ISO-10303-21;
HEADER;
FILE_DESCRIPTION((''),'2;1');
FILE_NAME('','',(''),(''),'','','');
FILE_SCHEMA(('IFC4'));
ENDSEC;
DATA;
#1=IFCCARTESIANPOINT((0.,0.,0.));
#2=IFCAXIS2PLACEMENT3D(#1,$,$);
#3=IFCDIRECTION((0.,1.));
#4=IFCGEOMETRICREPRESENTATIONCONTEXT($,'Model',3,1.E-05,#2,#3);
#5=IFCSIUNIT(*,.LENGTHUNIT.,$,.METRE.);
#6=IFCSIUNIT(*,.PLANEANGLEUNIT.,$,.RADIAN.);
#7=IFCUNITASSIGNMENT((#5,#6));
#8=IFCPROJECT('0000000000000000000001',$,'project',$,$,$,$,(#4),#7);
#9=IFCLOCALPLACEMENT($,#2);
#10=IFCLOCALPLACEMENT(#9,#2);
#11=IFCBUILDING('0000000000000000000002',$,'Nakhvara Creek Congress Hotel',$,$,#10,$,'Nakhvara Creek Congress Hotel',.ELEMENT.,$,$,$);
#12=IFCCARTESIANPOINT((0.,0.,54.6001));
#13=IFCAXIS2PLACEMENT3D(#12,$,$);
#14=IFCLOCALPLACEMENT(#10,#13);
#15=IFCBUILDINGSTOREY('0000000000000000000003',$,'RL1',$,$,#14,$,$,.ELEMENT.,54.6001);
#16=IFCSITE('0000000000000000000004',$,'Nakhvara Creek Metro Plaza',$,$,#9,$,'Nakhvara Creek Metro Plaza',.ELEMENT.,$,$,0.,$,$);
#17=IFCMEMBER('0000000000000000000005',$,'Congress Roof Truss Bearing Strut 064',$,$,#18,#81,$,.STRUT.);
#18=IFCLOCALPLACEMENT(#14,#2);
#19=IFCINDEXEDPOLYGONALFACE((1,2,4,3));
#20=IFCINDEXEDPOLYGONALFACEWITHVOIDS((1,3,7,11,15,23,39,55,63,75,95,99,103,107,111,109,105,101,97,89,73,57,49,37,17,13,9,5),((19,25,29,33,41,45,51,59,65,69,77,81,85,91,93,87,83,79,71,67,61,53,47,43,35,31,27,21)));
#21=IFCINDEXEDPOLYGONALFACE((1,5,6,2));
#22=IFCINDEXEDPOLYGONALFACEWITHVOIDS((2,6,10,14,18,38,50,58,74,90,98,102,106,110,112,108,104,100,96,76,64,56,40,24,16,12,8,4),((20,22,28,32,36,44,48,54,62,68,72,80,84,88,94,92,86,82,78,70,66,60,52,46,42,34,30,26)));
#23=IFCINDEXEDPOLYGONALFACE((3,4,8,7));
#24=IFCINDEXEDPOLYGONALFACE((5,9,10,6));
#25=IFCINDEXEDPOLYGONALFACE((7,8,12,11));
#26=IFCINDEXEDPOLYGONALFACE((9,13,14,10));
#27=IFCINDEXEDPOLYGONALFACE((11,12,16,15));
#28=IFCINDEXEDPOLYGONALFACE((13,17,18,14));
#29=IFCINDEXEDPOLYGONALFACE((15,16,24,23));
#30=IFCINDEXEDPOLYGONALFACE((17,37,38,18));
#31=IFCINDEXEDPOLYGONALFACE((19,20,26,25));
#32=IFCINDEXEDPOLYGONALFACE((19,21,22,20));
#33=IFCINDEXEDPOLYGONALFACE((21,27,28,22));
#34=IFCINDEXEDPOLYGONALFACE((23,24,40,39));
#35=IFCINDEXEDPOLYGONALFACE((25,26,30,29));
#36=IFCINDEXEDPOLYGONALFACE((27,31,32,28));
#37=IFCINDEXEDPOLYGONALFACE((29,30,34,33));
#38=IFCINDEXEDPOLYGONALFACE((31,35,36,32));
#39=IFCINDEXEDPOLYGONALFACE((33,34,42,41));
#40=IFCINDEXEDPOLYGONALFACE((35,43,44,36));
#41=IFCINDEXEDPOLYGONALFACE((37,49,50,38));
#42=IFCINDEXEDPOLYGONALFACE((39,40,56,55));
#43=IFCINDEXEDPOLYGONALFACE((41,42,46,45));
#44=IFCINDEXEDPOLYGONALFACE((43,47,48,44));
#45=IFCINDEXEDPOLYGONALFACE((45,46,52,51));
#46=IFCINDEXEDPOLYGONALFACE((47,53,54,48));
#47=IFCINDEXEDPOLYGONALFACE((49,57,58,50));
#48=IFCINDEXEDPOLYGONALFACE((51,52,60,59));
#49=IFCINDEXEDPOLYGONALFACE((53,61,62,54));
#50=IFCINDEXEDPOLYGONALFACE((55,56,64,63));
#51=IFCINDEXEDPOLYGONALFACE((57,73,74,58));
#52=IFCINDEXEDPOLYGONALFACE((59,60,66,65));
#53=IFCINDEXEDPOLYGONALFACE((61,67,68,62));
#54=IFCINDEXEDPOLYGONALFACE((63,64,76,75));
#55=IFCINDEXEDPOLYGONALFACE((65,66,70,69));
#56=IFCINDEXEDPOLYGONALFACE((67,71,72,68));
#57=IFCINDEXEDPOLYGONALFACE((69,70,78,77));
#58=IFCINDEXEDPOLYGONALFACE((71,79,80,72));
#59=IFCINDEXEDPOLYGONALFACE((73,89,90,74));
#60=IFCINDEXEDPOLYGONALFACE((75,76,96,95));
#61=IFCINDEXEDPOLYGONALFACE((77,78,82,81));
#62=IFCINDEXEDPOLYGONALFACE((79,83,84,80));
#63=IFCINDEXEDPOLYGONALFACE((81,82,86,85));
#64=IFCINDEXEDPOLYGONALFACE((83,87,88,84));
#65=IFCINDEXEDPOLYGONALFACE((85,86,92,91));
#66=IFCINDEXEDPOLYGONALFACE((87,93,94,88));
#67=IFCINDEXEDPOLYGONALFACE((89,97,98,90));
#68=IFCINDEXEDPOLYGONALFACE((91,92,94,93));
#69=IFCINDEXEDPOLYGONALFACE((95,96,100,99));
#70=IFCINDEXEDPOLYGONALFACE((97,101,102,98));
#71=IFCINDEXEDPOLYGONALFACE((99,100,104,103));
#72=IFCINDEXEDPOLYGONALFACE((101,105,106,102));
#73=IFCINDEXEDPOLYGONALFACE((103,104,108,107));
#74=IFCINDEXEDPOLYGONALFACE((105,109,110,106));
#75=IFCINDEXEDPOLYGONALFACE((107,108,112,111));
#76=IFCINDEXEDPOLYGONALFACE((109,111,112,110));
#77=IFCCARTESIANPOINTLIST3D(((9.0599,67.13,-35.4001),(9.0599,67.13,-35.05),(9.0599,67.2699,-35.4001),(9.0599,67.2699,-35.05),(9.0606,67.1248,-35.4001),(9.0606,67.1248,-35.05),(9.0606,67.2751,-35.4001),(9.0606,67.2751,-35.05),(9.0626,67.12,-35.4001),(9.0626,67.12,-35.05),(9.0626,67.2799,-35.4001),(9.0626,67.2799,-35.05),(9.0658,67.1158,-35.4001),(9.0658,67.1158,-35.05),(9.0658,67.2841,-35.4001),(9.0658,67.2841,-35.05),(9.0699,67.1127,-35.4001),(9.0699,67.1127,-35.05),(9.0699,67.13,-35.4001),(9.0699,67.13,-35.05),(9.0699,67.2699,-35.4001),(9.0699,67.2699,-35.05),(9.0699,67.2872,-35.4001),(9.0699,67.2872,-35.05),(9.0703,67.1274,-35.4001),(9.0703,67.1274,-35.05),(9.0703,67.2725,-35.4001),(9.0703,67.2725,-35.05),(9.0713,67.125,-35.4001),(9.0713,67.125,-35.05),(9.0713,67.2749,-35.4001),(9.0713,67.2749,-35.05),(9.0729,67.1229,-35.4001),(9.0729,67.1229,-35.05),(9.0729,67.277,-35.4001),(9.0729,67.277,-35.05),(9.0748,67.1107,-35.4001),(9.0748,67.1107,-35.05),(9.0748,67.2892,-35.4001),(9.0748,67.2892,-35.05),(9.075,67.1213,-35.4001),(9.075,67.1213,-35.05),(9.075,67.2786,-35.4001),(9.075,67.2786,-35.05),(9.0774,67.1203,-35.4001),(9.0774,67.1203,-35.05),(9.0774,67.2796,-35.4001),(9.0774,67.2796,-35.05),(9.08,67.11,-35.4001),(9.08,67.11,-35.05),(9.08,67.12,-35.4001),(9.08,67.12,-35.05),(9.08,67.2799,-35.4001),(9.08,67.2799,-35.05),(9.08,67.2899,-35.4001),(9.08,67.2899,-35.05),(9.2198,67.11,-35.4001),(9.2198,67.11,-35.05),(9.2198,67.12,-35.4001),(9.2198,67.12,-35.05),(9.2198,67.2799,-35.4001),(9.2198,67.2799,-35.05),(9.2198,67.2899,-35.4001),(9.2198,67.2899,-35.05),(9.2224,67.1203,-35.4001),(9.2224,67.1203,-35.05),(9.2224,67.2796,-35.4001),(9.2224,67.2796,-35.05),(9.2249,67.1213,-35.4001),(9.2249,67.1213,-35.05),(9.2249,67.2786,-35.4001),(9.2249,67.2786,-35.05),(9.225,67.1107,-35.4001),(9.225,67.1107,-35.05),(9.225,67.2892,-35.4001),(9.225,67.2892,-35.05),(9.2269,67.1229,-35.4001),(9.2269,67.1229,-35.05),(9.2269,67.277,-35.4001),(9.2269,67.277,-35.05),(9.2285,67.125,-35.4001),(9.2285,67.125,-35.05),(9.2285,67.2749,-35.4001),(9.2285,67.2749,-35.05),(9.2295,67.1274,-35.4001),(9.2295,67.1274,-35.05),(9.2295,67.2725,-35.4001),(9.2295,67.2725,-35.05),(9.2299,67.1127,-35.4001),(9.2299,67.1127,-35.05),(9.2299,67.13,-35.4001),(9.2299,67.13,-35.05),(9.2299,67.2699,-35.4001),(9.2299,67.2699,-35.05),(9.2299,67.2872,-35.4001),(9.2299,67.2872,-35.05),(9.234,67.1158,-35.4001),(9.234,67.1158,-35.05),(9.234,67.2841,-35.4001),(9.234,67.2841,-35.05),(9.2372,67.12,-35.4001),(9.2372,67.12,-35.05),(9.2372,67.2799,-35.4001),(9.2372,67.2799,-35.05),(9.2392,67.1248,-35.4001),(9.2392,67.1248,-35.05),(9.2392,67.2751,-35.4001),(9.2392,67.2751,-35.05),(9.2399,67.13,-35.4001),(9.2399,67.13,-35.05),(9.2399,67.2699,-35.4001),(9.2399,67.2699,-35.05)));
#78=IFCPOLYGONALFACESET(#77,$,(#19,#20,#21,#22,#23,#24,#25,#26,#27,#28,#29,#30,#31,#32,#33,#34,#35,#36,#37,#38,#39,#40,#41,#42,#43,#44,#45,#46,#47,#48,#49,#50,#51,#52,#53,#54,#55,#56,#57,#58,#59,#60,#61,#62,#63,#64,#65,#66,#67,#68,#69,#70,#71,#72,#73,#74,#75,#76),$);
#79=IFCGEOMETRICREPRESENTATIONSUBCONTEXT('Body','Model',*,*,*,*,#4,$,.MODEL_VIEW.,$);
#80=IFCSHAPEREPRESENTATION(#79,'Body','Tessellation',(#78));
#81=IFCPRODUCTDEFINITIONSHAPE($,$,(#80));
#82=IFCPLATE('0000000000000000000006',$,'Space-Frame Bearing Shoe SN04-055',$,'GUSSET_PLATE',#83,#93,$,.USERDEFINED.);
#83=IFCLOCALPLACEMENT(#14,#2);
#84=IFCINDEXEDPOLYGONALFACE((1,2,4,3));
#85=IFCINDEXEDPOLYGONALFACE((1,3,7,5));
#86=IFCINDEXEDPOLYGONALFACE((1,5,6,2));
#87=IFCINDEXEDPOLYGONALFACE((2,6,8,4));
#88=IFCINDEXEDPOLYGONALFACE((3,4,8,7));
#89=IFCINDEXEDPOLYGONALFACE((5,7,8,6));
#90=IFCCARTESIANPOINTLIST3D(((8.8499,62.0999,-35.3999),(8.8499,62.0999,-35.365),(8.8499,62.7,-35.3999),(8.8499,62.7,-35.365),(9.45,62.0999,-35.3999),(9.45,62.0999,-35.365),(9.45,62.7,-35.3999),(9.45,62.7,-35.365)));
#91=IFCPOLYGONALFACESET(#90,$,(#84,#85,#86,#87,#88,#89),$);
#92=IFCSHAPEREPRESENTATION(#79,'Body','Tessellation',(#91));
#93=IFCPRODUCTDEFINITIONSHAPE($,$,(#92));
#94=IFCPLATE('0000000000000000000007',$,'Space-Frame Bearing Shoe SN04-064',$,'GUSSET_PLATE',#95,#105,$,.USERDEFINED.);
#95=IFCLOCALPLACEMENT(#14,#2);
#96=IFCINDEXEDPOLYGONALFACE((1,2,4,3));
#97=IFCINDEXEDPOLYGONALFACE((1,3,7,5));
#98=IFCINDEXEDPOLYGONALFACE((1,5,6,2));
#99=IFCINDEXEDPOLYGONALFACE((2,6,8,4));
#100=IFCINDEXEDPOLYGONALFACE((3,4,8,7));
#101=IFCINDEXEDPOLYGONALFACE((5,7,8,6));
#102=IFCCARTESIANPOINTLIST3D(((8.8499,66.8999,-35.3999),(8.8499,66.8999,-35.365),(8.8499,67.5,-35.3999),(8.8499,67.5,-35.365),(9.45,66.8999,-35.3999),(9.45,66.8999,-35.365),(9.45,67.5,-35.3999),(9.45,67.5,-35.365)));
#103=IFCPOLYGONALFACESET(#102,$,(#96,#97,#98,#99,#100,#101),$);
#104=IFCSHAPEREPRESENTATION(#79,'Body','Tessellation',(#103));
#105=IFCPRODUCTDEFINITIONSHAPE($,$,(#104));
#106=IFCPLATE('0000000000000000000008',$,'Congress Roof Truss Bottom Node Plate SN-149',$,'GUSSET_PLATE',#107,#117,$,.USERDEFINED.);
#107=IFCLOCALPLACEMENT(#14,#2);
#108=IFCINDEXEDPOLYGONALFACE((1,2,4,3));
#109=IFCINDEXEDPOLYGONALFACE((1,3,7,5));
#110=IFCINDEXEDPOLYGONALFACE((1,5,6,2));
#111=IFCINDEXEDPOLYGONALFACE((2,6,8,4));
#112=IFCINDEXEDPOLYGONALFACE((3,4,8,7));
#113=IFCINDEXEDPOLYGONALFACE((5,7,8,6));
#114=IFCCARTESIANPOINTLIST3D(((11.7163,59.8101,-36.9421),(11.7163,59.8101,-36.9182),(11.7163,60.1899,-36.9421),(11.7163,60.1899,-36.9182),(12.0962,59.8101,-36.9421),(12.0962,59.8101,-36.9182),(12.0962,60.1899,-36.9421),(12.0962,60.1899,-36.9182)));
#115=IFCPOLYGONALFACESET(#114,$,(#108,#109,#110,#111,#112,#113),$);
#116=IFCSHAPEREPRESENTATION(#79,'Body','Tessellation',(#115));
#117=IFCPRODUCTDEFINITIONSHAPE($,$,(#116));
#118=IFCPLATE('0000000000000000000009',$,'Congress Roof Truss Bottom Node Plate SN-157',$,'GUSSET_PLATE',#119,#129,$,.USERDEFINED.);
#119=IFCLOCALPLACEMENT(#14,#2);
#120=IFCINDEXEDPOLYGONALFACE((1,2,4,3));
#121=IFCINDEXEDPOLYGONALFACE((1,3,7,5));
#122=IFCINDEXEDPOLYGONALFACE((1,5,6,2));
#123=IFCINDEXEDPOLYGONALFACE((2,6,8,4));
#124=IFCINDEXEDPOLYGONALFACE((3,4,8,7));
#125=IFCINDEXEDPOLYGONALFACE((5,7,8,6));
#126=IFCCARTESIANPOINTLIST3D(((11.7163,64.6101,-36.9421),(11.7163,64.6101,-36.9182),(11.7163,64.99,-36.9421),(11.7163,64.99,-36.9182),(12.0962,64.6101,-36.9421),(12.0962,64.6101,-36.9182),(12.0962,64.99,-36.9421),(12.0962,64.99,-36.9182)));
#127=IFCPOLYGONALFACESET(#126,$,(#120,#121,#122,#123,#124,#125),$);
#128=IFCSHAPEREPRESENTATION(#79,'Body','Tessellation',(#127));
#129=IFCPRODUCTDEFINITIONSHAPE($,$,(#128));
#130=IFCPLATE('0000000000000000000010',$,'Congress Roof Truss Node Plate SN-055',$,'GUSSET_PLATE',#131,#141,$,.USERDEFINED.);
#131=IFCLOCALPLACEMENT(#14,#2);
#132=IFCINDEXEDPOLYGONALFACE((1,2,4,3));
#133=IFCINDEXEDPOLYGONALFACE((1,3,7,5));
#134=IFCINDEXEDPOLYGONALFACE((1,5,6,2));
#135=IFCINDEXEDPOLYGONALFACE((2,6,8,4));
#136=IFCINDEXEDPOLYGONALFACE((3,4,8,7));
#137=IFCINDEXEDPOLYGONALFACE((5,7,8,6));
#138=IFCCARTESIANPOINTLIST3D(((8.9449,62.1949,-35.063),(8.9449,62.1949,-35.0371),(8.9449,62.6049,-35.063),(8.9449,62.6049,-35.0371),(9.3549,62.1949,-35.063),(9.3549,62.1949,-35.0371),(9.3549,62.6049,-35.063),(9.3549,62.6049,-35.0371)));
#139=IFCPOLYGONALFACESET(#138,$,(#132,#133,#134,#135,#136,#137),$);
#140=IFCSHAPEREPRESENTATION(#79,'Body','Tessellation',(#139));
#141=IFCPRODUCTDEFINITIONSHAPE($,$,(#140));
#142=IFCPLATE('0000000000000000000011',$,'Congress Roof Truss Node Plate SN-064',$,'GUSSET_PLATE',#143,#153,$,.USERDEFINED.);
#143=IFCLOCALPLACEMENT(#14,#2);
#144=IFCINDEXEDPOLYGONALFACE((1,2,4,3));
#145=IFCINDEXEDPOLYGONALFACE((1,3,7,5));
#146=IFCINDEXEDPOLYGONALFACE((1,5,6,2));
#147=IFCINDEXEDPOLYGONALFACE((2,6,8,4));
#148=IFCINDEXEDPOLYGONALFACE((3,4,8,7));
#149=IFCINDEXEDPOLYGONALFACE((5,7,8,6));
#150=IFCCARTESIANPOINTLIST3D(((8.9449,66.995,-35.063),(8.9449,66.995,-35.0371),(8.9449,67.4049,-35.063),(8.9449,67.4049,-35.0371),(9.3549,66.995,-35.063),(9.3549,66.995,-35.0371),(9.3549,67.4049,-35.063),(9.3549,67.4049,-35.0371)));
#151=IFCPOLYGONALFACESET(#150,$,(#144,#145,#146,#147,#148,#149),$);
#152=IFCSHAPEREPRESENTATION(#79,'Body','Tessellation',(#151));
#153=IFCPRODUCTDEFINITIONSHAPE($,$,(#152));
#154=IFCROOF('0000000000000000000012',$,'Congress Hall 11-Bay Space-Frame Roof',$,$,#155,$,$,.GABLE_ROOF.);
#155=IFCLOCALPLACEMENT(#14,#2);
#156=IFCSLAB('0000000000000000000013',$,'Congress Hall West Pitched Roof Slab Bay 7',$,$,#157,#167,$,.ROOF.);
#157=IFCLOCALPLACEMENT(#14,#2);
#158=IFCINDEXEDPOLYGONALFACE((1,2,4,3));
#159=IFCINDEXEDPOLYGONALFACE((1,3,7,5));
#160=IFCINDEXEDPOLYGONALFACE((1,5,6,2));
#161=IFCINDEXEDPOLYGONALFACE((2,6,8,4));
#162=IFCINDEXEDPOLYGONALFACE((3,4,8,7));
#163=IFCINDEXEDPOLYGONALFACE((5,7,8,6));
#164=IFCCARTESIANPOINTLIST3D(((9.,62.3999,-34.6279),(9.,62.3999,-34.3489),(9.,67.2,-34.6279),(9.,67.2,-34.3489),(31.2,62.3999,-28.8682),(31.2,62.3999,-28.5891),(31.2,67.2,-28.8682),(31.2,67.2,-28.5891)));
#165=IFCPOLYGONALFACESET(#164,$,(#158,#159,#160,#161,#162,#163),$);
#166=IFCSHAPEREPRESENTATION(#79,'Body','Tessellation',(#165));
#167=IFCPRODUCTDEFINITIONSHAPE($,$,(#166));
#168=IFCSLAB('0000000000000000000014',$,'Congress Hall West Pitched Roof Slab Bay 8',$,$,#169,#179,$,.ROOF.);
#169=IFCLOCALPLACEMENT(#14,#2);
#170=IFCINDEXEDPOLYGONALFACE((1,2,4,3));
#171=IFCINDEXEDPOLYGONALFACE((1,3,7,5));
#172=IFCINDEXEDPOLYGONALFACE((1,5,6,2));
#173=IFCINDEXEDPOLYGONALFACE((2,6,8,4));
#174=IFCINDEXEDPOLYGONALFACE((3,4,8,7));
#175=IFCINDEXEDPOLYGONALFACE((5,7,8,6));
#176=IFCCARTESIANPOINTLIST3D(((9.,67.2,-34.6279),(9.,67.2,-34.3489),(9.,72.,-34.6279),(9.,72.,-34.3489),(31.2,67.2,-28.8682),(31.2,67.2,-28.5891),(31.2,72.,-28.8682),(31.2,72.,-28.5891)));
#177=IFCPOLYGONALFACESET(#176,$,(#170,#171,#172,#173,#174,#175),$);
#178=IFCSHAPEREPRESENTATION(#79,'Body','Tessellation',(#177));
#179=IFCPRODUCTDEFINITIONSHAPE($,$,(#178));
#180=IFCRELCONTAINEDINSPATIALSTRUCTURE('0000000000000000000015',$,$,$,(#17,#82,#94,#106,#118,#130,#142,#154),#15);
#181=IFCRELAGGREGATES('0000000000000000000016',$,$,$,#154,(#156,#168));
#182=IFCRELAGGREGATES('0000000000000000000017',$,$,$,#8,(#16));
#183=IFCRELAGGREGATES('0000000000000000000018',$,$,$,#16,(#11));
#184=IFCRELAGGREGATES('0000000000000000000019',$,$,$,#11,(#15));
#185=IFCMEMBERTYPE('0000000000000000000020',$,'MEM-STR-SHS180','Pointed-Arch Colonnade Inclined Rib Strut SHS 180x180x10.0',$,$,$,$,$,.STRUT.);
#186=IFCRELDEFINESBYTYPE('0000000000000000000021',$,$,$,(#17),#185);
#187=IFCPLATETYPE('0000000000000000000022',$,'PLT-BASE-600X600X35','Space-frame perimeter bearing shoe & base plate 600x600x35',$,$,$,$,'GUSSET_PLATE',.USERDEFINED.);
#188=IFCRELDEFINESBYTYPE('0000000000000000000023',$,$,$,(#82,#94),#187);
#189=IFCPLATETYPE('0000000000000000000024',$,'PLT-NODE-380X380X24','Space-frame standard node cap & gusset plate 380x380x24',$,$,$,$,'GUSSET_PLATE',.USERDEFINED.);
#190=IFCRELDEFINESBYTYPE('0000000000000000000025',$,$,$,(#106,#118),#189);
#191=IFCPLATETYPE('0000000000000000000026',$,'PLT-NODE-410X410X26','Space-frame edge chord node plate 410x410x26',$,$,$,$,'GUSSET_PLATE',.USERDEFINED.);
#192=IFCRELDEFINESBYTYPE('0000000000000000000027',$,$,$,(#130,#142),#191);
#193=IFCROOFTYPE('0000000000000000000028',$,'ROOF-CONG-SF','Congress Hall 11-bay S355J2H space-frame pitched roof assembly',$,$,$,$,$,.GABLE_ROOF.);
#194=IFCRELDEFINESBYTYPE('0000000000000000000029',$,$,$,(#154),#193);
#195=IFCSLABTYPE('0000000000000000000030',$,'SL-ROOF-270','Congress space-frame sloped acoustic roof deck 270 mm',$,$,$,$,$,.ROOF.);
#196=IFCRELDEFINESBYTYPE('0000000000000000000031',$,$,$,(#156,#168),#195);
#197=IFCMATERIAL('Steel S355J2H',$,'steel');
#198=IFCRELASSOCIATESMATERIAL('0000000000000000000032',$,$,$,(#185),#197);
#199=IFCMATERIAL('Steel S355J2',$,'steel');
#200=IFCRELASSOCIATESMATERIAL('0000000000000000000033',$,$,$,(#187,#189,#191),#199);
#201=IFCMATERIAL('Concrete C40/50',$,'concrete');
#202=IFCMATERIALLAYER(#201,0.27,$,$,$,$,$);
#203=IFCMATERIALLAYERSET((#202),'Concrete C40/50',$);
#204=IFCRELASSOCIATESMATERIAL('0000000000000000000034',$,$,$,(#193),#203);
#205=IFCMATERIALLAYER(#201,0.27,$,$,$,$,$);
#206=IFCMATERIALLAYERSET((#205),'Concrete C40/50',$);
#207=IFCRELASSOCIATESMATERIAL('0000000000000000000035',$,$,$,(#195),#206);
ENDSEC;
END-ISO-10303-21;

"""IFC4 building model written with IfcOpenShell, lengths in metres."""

from ifc_helpers import new_model, si_unit, direction, frame, origin, origin_2d, place, context, subcontext, project, spatial, polyline, rectangle, hollow_rectangle, outline, extrude, material, layer, layer_set, material_profile, profile_set, type_object, element, aggregate, save


model = new_model("IFC4")

# Units and contexts
model_context = context("Model", 3, precision=1e-05, world=origin(), true_north=direction((0.0, 1.0)))
body_context = subcontext(model_context, "Body", "Model", "MODEL_VIEW")
ifc_project = project(units=[si_unit("LENGTHUNIT", "METRE"), si_unit("PLANEANGLEUNIT", "RADIAN")], contexts=[model_context])

# Site, building, storey
site_placement = place(None, origin())
site = spatial("IfcSite", under=ifc_project, at=site_placement, Name="Nakhvara Creek Metro Plaza", LongName="Nakhvara Creek Metro Plaza", CompositionType="ELEMENT", RefElevation=0.0)
building_placement = place(site_placement, origin())
building = spatial("IfcBuilding", under=site, at=building_placement, Name="Nakhvara Creek Congress Hotel", LongName="Nakhvara Creek Congress Hotel", CompositionType="ELEMENT")
storey_placement = place(building_placement, frame((0.0, 0.0, 54.6001)))
storey = spatial("IfcBuildingStorey", under=building, at=storey_placement, Name="RL1", CompositionType="ELEMENT", Elevation=54.6001)

# Member
ifc_material_1 = material(Name="Steel S355J2H", Category="steel")
ifc_material_profile_1 = material_profile(ifc_material_1, hollow_rectangle(XDim=0.1799, YDim=0.1799, WallThickness=0.01, InnerFilletRadius=0.01, OuterFilletRadius=0.02, at=origin_2d()), Name="SHS 180x180x10.0", Category="LoadBearing")
ifc_profile_set_1 = profile_set([ifc_material_profile_1], Name="Steel S355J2H")
member_type_1 = type_object("IfcMemberType", Name="MEM-STR-SHS180", Description="Pointed-Arch Colonnade Inclined Rib Strut SHS 180x180x10.0", PredefinedType="STRUT", material=ifc_profile_set_1)
for number, where, z_axis, x_axis, name in (
    (1, (9.1499, 67.2, -35.4001), (0.0, 0.0, 1.0), (1.0, 0.0, 0.0), "Congress Roof Truss Bearing Strut 064"),
):
    element("IfcMember", number, at=place(storey_placement, frame(where, z_axis=z_axis, x_axis=x_axis)), inside=storey, type_object=member_type_1, Name=name, PredefinedType="STRUT", context=body_context, shape_type="SweptSolid", body=[
        extrude(hollow_rectangle(XDim=0.1799, YDim=0.1799, WallThickness=0.01, InnerFilletRadius=0.01, OuterFilletRadius=0.02, at=origin_2d()), origin(), (0.0, 0.0, 1.0), 0.3501),
    ])

# Plates
ifc_material_2 = material(Name="Steel S355J2", Category="steel")
plate_type_1 = type_object("IfcPlateType", Name="PLT-BASE-600X600X35", Description="Space-frame perimeter bearing shoe & base plate 600x600x35", ElementType="GUSSET_PLATE", PredefinedType="USERDEFINED", material=ifc_material_2)
for number, where, z_axis, x_axis, name in (
    (2, (9.1499, 62.3999, -35.3999), (0.0, 0.0, 1.0), (1.0, 0.0, 0.0), "Space-Frame Bearing Shoe SN04-055"),
    (3, (9.1499, 67.2, -35.3999), (0.0, 0.0, 1.0), (1.0, 0.0, 0.0), "Space-Frame Bearing Shoe SN04-064"),
):
    element("IfcPlate", number, at=place(storey_placement, frame(where, z_axis=z_axis, x_axis=x_axis)), inside=storey, type_object=plate_type_1, Name=name, ObjectType="GUSSET_PLATE", PredefinedType="USERDEFINED", context=body_context, shape_type="SweptSolid", body=[
        extrude(rectangle(XDim=0.6001, YDim=0.6001, at=origin_2d()), origin(), (0.0, 0.0, 1.0), 0.0349),
    ])
plate_type_2 = type_object("IfcPlateType", Name="PLT-NODE-380X380X24", Description="Space-frame standard node cap & gusset plate 380x380x24", ElementType="GUSSET_PLATE", PredefinedType="USERDEFINED", material=ifc_material_2)
for number, where, z_axis, x_axis, name in (
    (4, (11.9062, 60.0, -36.9421), (0.0, 0.0, 1.0), (1.0, 0.0, 0.0), "Congress Roof Truss Bottom Node Plate SN-149"),
    (5, (11.9062, 64.8, -36.9421), (0.0, 0.0, 1.0), (1.0, 0.0, 0.0), "Congress Roof Truss Bottom Node Plate SN-157"),
):
    element("IfcPlate", number, at=place(storey_placement, frame(where, z_axis=z_axis, x_axis=x_axis)), inside=storey, type_object=plate_type_2, Name=name, ObjectType="GUSSET_PLATE", PredefinedType="USERDEFINED", context=body_context, shape_type="SweptSolid", body=[
        extrude(rectangle(XDim=0.3799, YDim=0.3799, at=origin_2d()), origin(), (0.0, 0.0, 1.0), 0.0239),
    ])
plate_type_3 = type_object("IfcPlateType", Name="PLT-NODE-410X410X26", Description="Space-frame edge chord node plate 410x410x26", ElementType="GUSSET_PLATE", PredefinedType="USERDEFINED", material=ifc_material_2)
for number, where, z_axis, x_axis, name in (
    (6, (9.1499, 62.3999, -35.063), (0.0, 0.0, 1.0), (1.0, 0.0, 0.0), "Congress Roof Truss Node Plate SN-055"),
    (7, (9.1499, 67.2, -35.063), (0.0, 0.0, 1.0), (1.0, 0.0, 0.0), "Congress Roof Truss Node Plate SN-064"),
):
    element("IfcPlate", number, at=place(storey_placement, frame(where, z_axis=z_axis, x_axis=x_axis)), inside=storey, type_object=plate_type_3, Name=name, ObjectType="GUSSET_PLATE", PredefinedType="USERDEFINED", context=body_context, shape_type="SweptSolid", body=[
        extrude(rectangle(XDim=0.4099, YDim=0.4099, at=origin_2d()), origin(), (0.0, 0.0, 1.0), 0.0259),
    ])

# Roof, slabs
ifc_material_3 = material(Name="Concrete C40/50", Category="concrete")
ifc_layer_1 = layer(ifc_material_3, 0.27)
ifc_layer_set_1 = layer_set([ifc_layer_1], Name="Concrete C40/50")
roof_type = type_object("IfcRoofType", Name="ROOF-CONG-SF", Description="Congress Hall 11-bay S355J2H space-frame pitched roof assembly", PredefinedType="GABLE_ROOF", material=ifc_layer_set_1)
roof_placement = place(storey_placement, origin())
roof = element("IfcRoof", 8, at=roof_placement, inside=storey, type_object=roof_type, Name="Congress Hall 11-Bay Space-Frame Roof", PredefinedType="GABLE_ROOF")
ifc_layer_2 = layer(ifc_material_3, 0.27)
ifc_layer_set_2 = layer_set([ifc_layer_2], Name="Concrete C40/50")
slab_type = type_object("IfcSlabType", Name="SL-ROOF-270", Description="Congress space-frame sloped acoustic roof deck 270 mm", PredefinedType="ROOF", material=ifc_layer_set_2)
slab_1_placement = place(storey_placement, frame((9.0, 62.3999, -34.3489), z_axis=(0.0, 0.0, 1.0), x_axis=(1.0, 0.0, 0.0)))
slab_1 = element("IfcSlab", 9, at=slab_1_placement, type_object=slab_type, Name="Congress Hall West Pitched Roof Slab Bay 7", PredefinedType="ROOF", context=body_context, shape_type="SweptSolid", body=[
    extrude(outline(polyline([(0.0, 0.0), (22.2, 5.7598), (22.2, 5.4807), (0.0, -0.2791), (0.0, 0.0)])), frame((0.0, 4.8, 0.0), z_axis=(0.0, -1.0, 0.0), x_axis=(1.0, 0.0, 0.0)), (0.0, 0.0, 1.0), 4.8),
])
slab_2_placement = place(storey_placement, frame((9.0, 67.2, -34.3489), z_axis=(0.0, 0.0, 1.0), x_axis=(1.0, 0.0, 0.0)))
slab_2 = element("IfcSlab", 10, at=slab_2_placement, type_object=slab_type, Name="Congress Hall West Pitched Roof Slab Bay 8", PredefinedType="ROOF", context=body_context, shape_type="SweptSolid", body=[
    extrude(outline(polyline([(0.0, 0.0), (22.2, 5.7598), (22.2, 5.4807), (0.0, -0.2791), (0.0, 0.0)])), frame((0.0, 4.8, 0.0), z_axis=(0.0, -1.0, 0.0), x_axis=(1.0, 0.0, 0.0)), (0.0, 0.0, 1.0), 4.8),
])
aggregate(roof, [slab_1, slab_2])

save(model, "model.ifc")
